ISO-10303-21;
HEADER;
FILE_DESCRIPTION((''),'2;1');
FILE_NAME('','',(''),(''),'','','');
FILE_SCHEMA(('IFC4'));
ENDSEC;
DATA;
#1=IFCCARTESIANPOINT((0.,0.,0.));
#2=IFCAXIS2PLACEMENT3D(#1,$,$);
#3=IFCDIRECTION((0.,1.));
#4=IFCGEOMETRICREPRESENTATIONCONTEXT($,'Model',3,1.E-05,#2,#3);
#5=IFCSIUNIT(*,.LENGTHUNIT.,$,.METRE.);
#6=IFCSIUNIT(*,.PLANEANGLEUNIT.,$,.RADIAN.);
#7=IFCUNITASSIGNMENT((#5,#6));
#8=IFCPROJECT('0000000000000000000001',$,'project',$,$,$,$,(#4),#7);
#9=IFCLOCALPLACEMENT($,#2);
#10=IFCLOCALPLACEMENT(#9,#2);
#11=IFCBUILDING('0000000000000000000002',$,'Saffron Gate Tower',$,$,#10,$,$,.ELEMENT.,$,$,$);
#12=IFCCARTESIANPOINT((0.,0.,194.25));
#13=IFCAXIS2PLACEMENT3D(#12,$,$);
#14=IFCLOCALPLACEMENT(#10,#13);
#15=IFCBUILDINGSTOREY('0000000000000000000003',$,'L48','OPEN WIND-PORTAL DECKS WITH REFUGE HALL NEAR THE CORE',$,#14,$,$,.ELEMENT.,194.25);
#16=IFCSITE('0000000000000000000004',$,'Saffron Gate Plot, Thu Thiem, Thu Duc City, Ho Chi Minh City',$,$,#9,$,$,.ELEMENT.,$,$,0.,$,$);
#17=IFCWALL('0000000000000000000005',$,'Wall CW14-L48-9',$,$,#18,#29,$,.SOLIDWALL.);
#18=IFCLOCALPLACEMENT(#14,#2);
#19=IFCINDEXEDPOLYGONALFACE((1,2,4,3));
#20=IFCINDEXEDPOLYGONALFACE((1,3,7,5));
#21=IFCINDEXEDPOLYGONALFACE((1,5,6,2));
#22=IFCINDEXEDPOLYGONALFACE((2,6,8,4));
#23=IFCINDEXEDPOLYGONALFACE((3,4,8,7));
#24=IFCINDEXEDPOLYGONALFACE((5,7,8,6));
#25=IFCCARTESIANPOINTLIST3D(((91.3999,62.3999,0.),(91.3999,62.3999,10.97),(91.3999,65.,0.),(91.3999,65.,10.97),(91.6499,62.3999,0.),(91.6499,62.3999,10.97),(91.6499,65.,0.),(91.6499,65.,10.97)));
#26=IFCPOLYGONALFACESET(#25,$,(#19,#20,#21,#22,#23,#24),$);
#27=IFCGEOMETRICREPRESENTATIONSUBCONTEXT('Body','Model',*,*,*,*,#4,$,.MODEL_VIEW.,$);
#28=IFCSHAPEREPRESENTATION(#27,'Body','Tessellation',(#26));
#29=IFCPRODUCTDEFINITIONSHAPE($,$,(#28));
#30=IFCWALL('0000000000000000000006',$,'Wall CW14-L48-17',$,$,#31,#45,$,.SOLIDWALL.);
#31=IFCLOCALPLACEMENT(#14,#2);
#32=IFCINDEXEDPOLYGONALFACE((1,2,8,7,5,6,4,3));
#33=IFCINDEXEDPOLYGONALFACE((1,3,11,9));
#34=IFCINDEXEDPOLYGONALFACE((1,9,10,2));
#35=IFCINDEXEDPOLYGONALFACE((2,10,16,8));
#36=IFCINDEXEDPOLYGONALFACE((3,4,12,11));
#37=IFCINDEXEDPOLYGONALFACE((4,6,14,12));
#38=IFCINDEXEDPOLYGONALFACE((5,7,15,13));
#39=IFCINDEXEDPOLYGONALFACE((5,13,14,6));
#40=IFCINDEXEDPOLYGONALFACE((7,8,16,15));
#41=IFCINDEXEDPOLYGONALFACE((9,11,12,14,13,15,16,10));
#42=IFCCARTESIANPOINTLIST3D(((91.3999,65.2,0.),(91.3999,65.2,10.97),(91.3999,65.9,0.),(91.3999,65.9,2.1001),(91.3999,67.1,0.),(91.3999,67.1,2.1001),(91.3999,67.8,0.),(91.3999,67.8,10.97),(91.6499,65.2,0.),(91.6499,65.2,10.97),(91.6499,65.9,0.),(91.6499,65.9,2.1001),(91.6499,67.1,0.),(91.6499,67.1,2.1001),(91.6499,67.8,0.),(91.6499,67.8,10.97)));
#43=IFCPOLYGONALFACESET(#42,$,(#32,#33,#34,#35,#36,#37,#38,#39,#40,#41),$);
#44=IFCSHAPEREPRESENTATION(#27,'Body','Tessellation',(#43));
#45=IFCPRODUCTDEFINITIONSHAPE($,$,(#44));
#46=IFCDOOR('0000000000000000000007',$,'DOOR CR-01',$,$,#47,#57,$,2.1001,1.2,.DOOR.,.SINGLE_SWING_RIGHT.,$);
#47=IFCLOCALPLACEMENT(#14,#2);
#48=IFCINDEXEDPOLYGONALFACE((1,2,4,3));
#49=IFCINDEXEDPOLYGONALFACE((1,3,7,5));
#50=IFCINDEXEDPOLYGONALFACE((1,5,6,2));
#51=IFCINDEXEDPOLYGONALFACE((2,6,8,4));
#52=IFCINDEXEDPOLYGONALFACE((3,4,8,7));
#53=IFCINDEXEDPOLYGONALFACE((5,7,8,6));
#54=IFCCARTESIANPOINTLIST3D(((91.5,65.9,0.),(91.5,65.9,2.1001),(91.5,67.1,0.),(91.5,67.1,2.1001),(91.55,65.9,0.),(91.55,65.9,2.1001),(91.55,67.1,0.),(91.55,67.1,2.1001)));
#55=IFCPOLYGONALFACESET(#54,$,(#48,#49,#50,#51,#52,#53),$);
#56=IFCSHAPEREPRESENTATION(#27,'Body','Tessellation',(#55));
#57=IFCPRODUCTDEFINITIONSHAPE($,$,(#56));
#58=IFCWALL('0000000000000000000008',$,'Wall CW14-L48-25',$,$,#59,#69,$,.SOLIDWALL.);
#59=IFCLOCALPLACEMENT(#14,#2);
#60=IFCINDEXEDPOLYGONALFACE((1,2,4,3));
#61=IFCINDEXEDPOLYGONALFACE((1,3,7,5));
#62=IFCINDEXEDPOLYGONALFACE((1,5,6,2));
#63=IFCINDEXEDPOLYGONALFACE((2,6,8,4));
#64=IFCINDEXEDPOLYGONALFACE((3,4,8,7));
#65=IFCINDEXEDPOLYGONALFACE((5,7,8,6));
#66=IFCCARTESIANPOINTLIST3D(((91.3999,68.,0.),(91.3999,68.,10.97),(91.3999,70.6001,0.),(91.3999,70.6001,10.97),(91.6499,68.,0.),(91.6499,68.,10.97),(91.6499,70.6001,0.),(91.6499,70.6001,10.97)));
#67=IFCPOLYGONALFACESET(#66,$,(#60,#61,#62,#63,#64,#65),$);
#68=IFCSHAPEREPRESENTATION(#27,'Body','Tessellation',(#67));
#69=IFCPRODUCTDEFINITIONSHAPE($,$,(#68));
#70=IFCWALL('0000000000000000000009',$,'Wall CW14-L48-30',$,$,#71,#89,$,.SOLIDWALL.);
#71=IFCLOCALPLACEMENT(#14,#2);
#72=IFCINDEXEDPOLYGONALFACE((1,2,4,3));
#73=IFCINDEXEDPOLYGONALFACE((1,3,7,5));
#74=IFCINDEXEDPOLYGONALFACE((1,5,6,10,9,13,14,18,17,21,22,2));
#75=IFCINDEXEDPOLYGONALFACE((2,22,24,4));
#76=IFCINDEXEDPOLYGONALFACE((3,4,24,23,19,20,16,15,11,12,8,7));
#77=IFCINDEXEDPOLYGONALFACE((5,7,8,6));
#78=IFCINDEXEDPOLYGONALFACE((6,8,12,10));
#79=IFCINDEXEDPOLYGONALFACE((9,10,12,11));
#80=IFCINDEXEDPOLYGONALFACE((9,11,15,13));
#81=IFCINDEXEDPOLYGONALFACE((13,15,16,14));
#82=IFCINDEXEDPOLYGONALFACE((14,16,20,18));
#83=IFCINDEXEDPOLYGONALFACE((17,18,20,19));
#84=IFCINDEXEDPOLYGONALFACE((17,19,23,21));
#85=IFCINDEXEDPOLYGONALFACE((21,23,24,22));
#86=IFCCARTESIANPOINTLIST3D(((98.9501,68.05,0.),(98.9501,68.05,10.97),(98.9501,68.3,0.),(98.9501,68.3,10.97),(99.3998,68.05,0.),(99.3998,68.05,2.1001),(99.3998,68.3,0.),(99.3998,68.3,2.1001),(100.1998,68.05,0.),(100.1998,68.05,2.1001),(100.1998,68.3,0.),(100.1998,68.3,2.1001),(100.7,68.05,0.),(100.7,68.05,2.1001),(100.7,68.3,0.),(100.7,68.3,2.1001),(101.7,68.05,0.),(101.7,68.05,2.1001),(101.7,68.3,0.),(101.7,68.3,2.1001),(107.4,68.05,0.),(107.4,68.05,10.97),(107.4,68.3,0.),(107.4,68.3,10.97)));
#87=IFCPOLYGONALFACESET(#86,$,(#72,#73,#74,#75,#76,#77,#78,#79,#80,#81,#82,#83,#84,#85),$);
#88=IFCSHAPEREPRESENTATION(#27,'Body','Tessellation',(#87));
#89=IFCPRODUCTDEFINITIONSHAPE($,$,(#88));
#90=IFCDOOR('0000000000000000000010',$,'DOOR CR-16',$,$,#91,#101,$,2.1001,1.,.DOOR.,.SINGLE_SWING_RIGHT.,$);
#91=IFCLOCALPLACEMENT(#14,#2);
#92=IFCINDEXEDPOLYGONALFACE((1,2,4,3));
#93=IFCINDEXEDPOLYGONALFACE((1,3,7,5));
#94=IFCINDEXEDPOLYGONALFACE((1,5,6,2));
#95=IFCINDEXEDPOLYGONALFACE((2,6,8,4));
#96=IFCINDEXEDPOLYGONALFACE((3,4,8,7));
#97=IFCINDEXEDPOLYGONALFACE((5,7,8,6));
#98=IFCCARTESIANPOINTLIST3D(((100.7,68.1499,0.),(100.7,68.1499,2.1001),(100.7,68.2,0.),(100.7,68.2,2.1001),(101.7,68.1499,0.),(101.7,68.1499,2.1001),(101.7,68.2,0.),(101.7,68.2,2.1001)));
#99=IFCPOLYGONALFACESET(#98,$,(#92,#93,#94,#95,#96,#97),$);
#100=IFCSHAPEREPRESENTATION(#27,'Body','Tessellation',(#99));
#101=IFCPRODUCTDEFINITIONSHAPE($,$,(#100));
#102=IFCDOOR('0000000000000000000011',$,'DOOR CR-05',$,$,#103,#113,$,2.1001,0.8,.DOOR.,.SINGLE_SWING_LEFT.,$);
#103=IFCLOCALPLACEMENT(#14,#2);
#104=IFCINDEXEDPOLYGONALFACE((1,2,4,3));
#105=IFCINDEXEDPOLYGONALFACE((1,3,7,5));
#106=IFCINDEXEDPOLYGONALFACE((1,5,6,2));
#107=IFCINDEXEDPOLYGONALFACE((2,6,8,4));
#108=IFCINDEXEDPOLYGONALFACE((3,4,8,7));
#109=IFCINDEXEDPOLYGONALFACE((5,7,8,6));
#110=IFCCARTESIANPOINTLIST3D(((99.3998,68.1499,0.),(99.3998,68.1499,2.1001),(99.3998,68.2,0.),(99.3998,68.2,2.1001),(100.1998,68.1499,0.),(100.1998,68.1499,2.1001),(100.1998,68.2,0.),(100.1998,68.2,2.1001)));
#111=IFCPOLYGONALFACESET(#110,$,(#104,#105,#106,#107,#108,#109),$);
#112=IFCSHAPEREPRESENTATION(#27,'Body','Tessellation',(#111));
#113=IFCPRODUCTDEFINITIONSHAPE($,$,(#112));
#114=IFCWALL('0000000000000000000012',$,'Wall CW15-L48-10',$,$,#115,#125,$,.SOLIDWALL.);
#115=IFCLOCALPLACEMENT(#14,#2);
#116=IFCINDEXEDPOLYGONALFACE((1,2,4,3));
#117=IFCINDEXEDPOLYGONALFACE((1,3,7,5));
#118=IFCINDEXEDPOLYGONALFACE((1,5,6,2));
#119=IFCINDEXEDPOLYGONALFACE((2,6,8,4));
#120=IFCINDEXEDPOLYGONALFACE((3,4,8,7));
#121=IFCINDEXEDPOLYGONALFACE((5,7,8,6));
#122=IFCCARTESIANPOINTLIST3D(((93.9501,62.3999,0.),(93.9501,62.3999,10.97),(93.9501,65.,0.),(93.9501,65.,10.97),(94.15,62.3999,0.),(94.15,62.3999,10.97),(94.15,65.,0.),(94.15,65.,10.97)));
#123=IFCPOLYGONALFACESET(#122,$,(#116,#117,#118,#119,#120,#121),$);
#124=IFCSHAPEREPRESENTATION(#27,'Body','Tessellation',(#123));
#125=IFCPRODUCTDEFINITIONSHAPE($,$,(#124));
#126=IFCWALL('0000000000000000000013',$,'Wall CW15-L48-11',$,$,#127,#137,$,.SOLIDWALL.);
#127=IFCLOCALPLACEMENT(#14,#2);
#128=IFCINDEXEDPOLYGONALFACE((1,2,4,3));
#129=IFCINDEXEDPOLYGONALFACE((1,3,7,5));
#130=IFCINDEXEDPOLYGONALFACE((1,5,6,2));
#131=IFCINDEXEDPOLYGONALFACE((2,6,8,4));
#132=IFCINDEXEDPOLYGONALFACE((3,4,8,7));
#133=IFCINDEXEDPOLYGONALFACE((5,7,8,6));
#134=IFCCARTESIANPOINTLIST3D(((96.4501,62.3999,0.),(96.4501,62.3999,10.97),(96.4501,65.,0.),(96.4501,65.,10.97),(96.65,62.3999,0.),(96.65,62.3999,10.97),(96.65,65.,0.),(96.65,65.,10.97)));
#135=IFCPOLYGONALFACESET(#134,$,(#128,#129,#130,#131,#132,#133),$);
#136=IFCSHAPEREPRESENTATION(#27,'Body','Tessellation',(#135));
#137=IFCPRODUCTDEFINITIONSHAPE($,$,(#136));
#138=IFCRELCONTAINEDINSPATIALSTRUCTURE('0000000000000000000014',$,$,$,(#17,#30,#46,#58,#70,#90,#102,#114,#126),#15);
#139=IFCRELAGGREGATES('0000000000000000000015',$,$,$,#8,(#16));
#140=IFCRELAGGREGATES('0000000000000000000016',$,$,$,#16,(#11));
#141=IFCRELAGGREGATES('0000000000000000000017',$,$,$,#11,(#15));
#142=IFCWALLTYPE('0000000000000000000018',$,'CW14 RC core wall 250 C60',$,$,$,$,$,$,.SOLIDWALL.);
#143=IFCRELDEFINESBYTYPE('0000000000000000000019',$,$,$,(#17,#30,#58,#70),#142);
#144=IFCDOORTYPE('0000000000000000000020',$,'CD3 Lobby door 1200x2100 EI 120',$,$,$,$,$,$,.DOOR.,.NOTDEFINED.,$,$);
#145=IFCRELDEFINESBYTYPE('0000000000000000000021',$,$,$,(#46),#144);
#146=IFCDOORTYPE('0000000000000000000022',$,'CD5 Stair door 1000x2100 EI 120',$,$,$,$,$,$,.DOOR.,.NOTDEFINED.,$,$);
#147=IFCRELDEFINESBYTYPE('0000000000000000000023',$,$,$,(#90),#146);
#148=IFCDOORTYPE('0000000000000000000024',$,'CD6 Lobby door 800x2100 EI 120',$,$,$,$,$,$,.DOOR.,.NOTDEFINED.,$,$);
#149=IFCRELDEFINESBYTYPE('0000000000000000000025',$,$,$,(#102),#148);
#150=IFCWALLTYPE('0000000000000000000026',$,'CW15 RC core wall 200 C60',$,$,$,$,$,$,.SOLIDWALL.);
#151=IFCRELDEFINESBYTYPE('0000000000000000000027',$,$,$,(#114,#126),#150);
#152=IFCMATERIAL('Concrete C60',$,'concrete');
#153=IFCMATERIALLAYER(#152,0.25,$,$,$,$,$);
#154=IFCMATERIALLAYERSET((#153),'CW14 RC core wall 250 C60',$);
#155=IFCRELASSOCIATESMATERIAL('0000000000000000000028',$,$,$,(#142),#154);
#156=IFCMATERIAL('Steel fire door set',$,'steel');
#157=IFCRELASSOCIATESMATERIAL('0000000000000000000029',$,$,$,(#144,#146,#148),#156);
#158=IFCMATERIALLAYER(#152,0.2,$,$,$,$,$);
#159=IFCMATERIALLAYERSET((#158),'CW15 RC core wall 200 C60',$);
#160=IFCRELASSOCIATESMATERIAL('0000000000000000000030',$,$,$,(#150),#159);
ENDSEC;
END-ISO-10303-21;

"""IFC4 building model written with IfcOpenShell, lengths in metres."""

from ifc_helpers import new_model, si_unit, direction, frame, frame_2d, origin, place, context, subcontext, project, spatial, rectangle, extrude, material, layer, layer_set, type_object, element, fill, save


model = new_model("IFC4")

# Units and contexts
model_context = context("Model", 3, precision=1e-05, world=origin(), true_north=direction((0.0, 1.0)))
body_context = subcontext(model_context, "Body", "Model", "MODEL_VIEW")
ifc_project = project(units=[si_unit("LENGTHUNIT", "METRE"), si_unit("PLANEANGLEUNIT", "RADIAN")], contexts=[model_context])

# Site, building, storey
site_placement = place(None, origin())
site = spatial("IfcSite", under=ifc_project, at=site_placement, Name="Saffron Gate Plot, Thu Thiem, Thu Duc City, Ho Chi Minh City", CompositionType="ELEMENT", RefElevation=0.0)
building_placement = place(site_placement, origin())
building = spatial("IfcBuilding", under=site, at=building_placement, Name="Saffron Gate Tower", CompositionType="ELEMENT")
storey_placement = place(building_placement, frame((0.0, 0.0, 194.25)))
storey = spatial("IfcBuildingStorey", under=building, at=storey_placement, Name="L48", Description="OPEN WIND-PORTAL DECKS WITH REFUGE HALL NEAR THE CORE", CompositionType="ELEMENT", Elevation=194.25)

# Wall
ifc_material_1 = material(Name="Concrete C60", Category="concrete")
ifc_layer_1 = layer(ifc_material_1, 0.25)
ifc_layer_set_1 = layer_set([ifc_layer_1], Name="CW14 RC core wall 250 C60")
wall_type_1 = type_object("IfcWallType", Name="CW14 RC core wall 250 C60", PredefinedType="SOLIDWALL", material=ifc_layer_set_1)
wall_1_placement = place(storey_placement, frame((91.5249, 62.3999, 0.0), z_axis=(0.0, 0.0, 1.0), x_axis=(0.0, 1.0, 0.0)))
element("IfcWall", 1, at=wall_1_placement, inside=storey, type_object=wall_type_1, Name="Wall CW14-L48-9", PredefinedType="SOLIDWALL", context=body_context, shape_type="SweptSolid", body=[
    extrude(rectangle(XDim=2.6001, YDim=0.25, at=frame_2d((1.3, 0.0))), origin(), (0.0, 0.0, 1.0), 10.97),
])

# Wall, opening, door
wall_2_placement = place(storey_placement, frame((91.5249, 65.2, 0.0), z_axis=(0.0, 0.0, 1.0), x_axis=(0.0, 1.0, 0.0)))
wall_2 = element("IfcWall", 2, at=wall_2_placement, inside=storey, type_object=wall_type_1, Name="Wall CW14-L48-17", PredefinedType="SOLIDWALL", context=body_context, shape_type="SweptSolid", body=[
    extrude(rectangle(XDim=2.6001, YDim=0.25, at=frame_2d((1.3, 0.0))), origin(), (0.0, 0.0, 1.0), 10.97),
])
opening_1_placement = place(wall_2_placement, frame((0.7, 0.0, 0.0)))
opening_1 = element("IfcOpeningElement", 3, at=opening_1_placement, cuts=wall_2, PredefinedType="OPENING", context=body_context, shape_type="SweptSolid", body=[
    extrude(rectangle(XDim=1.2, YDim=2.1001, at=frame_2d((0.6001, 1.05))), frame((0.0, 0.135, 0.0), z_axis=(0.0, -1.0, 0.0), x_axis=(1.0, 0.0, 0.0)), (0.0, 0.0, 1.0), 0.27),
])
ifc_material_2 = material(Name="Steel fire door set", Category="steel")
door_type_1 = type_object("IfcDoorType", Name="CD3 Lobby door 1200x2100 EI 120", OperationType="NOTDEFINED", PredefinedType="DOOR", material=ifc_material_2)
door_1_placement = place(opening_1_placement, origin())
door_1 = element("IfcDoor", 4, at=door_1_placement, inside=storey, type_object=door_type_1, Name="DOOR CR-01", OperationType="SINGLE_SWING_RIGHT", OverallHeight=2.1001, OverallWidth=1.2, PredefinedType="DOOR", context=body_context, shape_type="SweptSolid", body=[
    extrude(rectangle(XDim=1.2, YDim=2.1001, at=frame_2d((0.6001, 1.05))), frame((0.0, 0.0249, 0.0), z_axis=(0.0, -1.0, 0.0), x_axis=(1.0, 0.0, 0.0)), (0.0, 0.0, 1.0), 0.05),
])
fill(opening_1, door_1)

# Wall
wall_3_placement = place(storey_placement, frame((91.5249, 68.0, 0.0), z_axis=(0.0, 0.0, 1.0), x_axis=(0.0, 1.0, 0.0)))
element("IfcWall", 5, at=wall_3_placement, inside=storey, type_object=wall_type_1, Name="Wall CW14-L48-25", PredefinedType="SOLIDWALL", context=body_context, shape_type="SweptSolid", body=[
    extrude(rectangle(XDim=2.6001, YDim=0.25, at=frame_2d((1.3, 0.0))), origin(), (0.0, 0.0, 1.0), 10.97),
])

# Wall, openings, doors
wall_4_placement = place(storey_placement, frame((98.95, 68.175, 0.0), z_axis=(0.0, 0.0, 1.0), x_axis=(1.0, 0.0, 0.0)))
wall_4 = element("IfcWall", 6, at=wall_4_placement, inside=storey, type_object=wall_type_1, Name="Wall CW14-L48-30", PredefinedType="SOLIDWALL", context=body_context, shape_type="SweptSolid", body=[
    extrude(rectangle(XDim=8.45, YDim=0.25, at=frame_2d((4.2251, 0.0))), origin(), (0.0, 0.0, 1.0), 10.97),
])
opening_2_placement = place(wall_4_placement, frame((0.45, 0.0, 0.0)))
opening_2 = element("IfcOpeningElement", 7, at=opening_2_placement, cuts=wall_4, PredefinedType="OPENING", context=body_context, shape_type="SweptSolid", body=[
    extrude(rectangle(XDim=0.8, YDim=2.1001, at=frame_2d((0.3999, 1.05))), frame((0.0, 0.135, 0.0), z_axis=(0.0, -1.0, 0.0), x_axis=(1.0, 0.0, 0.0)), (0.0, 0.0, 1.0), 0.27),
])
opening_3_placement = place(wall_4_placement, frame((1.75, 0.0, 0.0)))
opening_3 = element("IfcOpeningElement", 8, at=opening_3_placement, cuts=wall_4, PredefinedType="OPENING", context=body_context, shape_type="SweptSolid", body=[
    extrude(rectangle(XDim=1.0, YDim=2.1001, at=frame_2d((0.5, 1.05))), frame((0.0, 0.135, 0.0), z_axis=(0.0, -1.0, 0.0), x_axis=(1.0, 0.0, 0.0)), (0.0, 0.0, 1.0), 0.27),
])
door_type_2 = type_object("IfcDoorType", Name="CD5 Stair door 1000x2100 EI 120", OperationType="NOTDEFINED", PredefinedType="DOOR", material=ifc_material_2)
door_2_placement = place(opening_3_placement, origin())
door_2 = element("IfcDoor", 9, at=door_2_placement, inside=storey, type_object=door_type_2, Name="DOOR CR-16", OperationType="SINGLE_SWING_RIGHT", OverallHeight=2.1001, OverallWidth=1.0, PredefinedType="DOOR", context=body_context, shape_type="SweptSolid", body=[
    extrude(rectangle(XDim=1.0, YDim=2.1001, at=frame_2d((0.5, 1.05))), frame((0.0, 0.0249, 0.0), z_axis=(0.0, -1.0, 0.0), x_axis=(1.0, 0.0, 0.0)), (0.0, 0.0, 1.0), 0.05),
])
fill(opening_3, door_2)
door_type_3 = type_object("IfcDoorType", Name="CD6 Lobby door 800x2100 EI 120", OperationType="NOTDEFINED", PredefinedType="DOOR", material=ifc_material_2)
door_3_placement = place(opening_2_placement, origin())
door_3 = element("IfcDoor", 10, at=door_3_placement, inside=storey, type_object=door_type_3, Name="DOOR CR-05", OperationType="SINGLE_SWING_LEFT", OverallHeight=2.1001, OverallWidth=0.8, PredefinedType="DOOR", context=body_context, shape_type="SweptSolid", body=[
    extrude(rectangle(XDim=0.8, YDim=2.1001, at=frame_2d((0.3999, 1.05))), frame((0.0, 0.0249, 0.0), z_axis=(0.0, -1.0, 0.0), x_axis=(1.0, 0.0, 0.0)), (0.0, 0.0, 1.0), 0.05),
])
fill(opening_2, door_3)

# Walls
ifc_layer_2 = layer(ifc_material_1, 0.2)
ifc_layer_set_2 = layer_set([ifc_layer_2], Name="CW15 RC core wall 200 C60")
wall_type_2 = type_object("IfcWallType", Name="CW15 RC core wall 200 C60", PredefinedType="SOLIDWALL", material=ifc_layer_set_2)
for number, where, z_axis, x_axis, name in (
    (11, (94.05, 62.3999, 0.0), (0.0, 0.0, 1.0), (0.0, 1.0, 0.0), "Wall CW15-L48-10"),
    (12, (96.55, 62.3999, 0.0), (0.0, 0.0, 1.0), (0.0, 1.0, 0.0), "Wall CW15-L48-11"),
):
    element("IfcWall", number, at=place(storey_placement, frame(where, z_axis=z_axis, x_axis=x_axis)), inside=storey, type_object=wall_type_2, Name=name, PredefinedType="SOLIDWALL", context=body_context, shape_type="SweptSolid", body=[
        extrude(rectangle(XDim=2.6001, YDim=0.2, at=frame_2d((1.3, 0.0))), origin(), (0.0, 0.0, 1.0), 10.97),
    ])

save(model, "model.ifc")
